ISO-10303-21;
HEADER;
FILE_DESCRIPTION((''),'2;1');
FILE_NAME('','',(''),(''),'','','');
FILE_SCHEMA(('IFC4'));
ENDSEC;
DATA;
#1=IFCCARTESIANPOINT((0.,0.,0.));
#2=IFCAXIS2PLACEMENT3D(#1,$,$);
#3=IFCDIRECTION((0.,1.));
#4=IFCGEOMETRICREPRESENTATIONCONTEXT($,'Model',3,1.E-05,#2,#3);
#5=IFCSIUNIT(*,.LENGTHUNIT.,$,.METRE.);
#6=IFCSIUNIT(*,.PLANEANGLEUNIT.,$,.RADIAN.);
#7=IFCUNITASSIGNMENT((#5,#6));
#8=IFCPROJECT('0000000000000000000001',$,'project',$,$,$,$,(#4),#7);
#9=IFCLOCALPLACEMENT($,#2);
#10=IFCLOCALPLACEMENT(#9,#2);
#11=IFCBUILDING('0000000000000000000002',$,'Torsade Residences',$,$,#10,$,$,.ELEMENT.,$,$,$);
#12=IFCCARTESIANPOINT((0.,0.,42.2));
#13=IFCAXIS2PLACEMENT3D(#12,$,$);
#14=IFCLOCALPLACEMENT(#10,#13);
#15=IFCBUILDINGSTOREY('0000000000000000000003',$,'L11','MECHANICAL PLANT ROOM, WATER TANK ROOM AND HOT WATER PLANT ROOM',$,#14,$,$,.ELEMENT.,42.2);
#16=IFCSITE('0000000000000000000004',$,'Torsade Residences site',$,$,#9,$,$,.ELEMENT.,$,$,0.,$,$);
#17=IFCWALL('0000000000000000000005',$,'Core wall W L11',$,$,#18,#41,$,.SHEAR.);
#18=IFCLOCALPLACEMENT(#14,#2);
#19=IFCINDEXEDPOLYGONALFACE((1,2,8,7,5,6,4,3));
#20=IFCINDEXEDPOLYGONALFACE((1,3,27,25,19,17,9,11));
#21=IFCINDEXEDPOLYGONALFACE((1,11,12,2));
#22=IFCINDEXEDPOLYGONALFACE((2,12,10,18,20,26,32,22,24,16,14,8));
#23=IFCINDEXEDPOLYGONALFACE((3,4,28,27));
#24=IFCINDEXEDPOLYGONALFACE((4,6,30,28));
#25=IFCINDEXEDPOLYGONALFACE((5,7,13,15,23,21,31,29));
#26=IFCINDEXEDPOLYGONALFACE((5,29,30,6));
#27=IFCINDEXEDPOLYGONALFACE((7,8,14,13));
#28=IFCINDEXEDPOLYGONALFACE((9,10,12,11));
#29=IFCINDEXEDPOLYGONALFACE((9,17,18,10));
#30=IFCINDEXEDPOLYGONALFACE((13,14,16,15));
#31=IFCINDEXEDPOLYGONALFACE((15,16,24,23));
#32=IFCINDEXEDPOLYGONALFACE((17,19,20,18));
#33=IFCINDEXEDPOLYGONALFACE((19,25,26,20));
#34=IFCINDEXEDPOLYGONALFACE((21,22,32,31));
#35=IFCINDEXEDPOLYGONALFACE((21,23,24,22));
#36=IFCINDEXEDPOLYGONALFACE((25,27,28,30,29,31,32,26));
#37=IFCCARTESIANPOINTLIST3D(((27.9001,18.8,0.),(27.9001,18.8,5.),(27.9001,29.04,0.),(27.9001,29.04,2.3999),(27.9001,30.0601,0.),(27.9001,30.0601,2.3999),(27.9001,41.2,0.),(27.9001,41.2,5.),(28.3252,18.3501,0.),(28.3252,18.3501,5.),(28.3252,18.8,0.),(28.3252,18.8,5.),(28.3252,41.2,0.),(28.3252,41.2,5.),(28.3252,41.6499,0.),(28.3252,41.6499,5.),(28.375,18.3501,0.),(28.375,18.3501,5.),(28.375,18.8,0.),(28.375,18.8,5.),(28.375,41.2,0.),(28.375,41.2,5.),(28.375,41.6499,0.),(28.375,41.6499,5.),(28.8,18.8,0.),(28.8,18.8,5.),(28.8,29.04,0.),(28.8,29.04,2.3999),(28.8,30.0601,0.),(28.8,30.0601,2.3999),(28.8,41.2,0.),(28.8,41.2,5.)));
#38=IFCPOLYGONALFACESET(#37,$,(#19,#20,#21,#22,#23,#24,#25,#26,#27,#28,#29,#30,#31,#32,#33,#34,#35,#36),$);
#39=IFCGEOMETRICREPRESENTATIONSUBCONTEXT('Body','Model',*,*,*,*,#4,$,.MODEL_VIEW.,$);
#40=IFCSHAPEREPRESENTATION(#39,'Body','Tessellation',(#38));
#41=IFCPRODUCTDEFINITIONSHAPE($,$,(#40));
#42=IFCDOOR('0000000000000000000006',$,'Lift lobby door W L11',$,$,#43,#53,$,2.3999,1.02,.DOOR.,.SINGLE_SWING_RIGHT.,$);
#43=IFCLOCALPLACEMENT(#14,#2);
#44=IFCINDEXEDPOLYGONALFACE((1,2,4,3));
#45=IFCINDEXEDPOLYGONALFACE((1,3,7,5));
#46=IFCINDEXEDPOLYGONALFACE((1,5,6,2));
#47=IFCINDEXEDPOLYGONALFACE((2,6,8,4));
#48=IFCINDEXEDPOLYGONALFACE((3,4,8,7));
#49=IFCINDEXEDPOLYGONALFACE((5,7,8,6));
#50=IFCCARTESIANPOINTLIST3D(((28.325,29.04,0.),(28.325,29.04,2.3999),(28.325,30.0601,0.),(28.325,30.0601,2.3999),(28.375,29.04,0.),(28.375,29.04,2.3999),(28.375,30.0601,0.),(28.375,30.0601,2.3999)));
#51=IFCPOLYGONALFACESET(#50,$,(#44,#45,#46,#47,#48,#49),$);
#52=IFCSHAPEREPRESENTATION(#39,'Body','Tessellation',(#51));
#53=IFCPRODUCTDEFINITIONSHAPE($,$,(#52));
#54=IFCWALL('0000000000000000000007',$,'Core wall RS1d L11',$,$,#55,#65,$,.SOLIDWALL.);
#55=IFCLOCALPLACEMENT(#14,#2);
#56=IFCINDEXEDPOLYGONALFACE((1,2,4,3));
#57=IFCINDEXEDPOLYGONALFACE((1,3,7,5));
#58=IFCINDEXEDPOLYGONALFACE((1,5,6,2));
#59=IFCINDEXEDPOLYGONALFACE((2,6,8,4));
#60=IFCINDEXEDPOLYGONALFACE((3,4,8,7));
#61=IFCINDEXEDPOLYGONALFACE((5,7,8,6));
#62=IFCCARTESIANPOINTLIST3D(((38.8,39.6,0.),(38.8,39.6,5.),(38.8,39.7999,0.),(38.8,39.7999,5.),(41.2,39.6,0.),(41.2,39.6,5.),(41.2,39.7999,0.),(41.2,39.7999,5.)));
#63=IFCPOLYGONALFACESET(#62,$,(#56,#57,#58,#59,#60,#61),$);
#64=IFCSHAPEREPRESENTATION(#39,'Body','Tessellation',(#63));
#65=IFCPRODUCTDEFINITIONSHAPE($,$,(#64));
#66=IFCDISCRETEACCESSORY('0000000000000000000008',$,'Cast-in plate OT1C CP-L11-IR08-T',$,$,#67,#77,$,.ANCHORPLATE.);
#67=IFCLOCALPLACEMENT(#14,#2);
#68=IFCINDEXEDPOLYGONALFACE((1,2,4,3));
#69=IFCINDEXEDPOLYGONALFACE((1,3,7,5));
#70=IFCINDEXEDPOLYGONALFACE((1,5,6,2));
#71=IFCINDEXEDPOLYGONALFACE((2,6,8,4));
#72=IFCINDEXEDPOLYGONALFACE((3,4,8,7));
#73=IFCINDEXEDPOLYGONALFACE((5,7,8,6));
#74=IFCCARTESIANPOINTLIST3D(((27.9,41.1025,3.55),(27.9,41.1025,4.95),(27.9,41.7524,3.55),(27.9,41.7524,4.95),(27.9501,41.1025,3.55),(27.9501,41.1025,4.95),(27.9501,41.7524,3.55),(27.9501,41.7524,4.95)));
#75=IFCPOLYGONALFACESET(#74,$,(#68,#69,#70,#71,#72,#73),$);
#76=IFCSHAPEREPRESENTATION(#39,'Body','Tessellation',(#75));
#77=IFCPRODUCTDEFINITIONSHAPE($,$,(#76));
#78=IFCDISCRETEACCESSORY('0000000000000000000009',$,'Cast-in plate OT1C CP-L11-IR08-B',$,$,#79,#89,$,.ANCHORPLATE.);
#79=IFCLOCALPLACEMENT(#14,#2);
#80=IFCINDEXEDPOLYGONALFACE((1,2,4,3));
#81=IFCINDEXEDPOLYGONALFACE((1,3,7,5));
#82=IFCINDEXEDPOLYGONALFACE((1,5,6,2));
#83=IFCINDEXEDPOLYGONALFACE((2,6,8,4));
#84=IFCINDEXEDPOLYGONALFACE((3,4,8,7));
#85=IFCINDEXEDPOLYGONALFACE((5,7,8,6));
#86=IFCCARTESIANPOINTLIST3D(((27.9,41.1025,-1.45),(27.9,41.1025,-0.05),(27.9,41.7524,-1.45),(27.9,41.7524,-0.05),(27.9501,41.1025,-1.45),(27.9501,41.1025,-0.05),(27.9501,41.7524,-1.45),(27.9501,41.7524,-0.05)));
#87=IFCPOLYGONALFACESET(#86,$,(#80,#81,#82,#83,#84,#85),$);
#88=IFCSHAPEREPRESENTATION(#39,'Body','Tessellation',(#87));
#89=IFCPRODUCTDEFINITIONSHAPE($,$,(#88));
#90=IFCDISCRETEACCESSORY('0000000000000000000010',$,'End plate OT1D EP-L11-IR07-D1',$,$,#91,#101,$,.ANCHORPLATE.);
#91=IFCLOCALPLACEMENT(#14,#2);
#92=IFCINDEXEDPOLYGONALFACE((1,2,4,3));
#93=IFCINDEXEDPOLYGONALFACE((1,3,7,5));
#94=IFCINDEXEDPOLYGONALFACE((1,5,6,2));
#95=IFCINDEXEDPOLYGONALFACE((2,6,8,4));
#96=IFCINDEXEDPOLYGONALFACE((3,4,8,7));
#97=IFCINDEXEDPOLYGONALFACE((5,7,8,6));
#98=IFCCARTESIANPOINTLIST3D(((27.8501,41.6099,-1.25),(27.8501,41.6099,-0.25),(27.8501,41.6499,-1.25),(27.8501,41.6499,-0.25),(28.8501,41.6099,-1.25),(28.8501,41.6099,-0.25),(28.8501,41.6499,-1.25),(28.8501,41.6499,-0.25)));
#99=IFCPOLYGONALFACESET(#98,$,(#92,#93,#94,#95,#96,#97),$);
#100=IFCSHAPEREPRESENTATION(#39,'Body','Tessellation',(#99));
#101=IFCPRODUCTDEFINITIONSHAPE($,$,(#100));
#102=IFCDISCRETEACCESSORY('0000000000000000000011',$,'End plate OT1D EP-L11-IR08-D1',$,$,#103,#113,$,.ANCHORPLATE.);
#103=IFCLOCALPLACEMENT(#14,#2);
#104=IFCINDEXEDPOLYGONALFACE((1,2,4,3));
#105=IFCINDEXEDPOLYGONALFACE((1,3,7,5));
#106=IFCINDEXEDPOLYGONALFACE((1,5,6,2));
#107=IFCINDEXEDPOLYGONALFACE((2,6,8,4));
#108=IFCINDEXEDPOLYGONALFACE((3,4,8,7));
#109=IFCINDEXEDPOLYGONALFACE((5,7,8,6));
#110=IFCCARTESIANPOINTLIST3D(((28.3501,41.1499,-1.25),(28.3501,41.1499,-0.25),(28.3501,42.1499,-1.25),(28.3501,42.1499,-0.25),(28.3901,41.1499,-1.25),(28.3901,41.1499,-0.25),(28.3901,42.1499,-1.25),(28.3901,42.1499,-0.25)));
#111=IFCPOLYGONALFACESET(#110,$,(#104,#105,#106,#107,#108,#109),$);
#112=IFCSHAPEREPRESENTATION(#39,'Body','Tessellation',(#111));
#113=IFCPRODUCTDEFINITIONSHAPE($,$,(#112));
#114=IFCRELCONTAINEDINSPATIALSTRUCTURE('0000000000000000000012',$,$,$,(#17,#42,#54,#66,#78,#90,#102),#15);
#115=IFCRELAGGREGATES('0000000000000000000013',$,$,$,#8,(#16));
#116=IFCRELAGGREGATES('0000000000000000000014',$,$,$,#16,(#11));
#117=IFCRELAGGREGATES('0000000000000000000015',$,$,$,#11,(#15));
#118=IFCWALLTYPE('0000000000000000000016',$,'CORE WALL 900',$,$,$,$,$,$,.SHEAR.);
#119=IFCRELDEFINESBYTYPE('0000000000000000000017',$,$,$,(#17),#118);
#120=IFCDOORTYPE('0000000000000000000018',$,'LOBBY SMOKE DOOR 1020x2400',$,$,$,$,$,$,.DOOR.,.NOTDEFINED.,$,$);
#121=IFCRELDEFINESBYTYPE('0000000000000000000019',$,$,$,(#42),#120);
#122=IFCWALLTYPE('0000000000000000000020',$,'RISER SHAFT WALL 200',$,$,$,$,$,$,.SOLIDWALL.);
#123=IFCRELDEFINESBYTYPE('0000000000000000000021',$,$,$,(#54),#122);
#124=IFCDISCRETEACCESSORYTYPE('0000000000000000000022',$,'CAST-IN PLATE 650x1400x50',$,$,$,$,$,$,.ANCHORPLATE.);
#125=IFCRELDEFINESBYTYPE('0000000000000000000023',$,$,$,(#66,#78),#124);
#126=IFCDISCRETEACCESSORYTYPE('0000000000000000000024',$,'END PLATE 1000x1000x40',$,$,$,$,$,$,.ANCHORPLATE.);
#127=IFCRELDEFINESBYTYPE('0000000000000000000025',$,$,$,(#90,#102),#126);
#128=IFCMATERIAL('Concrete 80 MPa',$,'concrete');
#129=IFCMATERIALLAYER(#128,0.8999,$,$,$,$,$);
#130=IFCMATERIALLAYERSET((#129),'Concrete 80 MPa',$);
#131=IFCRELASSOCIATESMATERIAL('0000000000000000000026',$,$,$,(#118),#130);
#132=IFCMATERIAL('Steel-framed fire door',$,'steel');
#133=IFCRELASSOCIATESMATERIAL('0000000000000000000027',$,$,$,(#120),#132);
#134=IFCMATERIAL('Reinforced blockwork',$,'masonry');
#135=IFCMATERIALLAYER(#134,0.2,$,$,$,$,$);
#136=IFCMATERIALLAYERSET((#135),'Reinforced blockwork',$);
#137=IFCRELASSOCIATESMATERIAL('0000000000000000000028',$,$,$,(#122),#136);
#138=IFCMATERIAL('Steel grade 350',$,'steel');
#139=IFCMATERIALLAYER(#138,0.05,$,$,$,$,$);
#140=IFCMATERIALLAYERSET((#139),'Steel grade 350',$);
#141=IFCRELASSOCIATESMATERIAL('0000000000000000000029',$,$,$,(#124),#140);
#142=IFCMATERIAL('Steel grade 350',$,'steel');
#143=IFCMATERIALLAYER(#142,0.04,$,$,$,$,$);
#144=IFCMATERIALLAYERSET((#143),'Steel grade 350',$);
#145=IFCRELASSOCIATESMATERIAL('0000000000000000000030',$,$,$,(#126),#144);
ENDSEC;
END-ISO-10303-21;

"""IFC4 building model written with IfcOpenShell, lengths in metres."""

from ifc_helpers import new_model, si_unit, direction, frame, frame_2d, origin, origin_2d, place, context, subcontext, project, spatial, polyline, rectangle, outline, extrude, material, layer, layer_set, type_object, element, fill, save


model = new_model("IFC4")

# Units and contexts
model_context = context("Model", 3, precision=1e-05, world=origin(), true_north=direction((0.0, 1.0)))
body_context = subcontext(model_context, "Body", "Model", "MODEL_VIEW")
ifc_project = project(units=[si_unit("LENGTHUNIT", "METRE"), si_unit("PLANEANGLEUNIT", "RADIAN")], contexts=[model_context])

# Site, building, storey
site_placement = place(None, origin())
site = spatial("IfcSite", under=ifc_project, at=site_placement, Name="Torsade Residences site", CompositionType="ELEMENT", RefElevation=0.0)
building_placement = place(site_placement, origin())
building = spatial("IfcBuilding", under=site, at=building_placement, Name="Torsade Residences", CompositionType="ELEMENT")
storey_placement = place(building_placement, frame((0.0, 0.0, 42.2)))
storey = spatial("IfcBuildingStorey", under=building, at=storey_placement, Name="L11", Description="MECHANICAL PLANT ROOM, WATER TANK ROOM AND HOT WATER PLANT ROOM", CompositionType="ELEMENT", Elevation=42.2)

# Shared definitions
ifc_material_1 = material(Name="Concrete 80 MPa", Category="concrete")
ifc_layer_1 = layer(ifc_material_1, 0.8999)
ifc_layer_set_1 = layer_set([ifc_layer_1], Name="Concrete 80 MPa")
wall_type_1 = type_object("IfcWallType", Name="CORE WALL 900", PredefinedType="SHEAR", material=ifc_layer_set_1)

# Wall, opening, door
wall_1_placement = place(storey_placement, frame((28.3501, 41.2, 0.0), z_axis=(0.0, 0.0, 1.0), x_axis=(0.0, -1.0, 0.0)))
wall_1 = element("IfcWall", 1, at=wall_1_placement, inside=storey, type_object=wall_type_1, Name="Core wall W L11", PredefinedType="SHEAR", context=body_context, shape_type="SweptSolid", body=[
    extrude(outline(polyline([(0.0, -0.45), (22.3999, -0.45), (22.3999, -0.0249), (22.8499, -0.0249), (22.8499, 0.0249), (22.3999, 0.0249), (22.3999, 0.45), (0.0, 0.45), (0.0, 0.0249), (-0.45, 0.0249), (-0.45, -0.0249), (0.0, -0.0249), (0.0, -0.45)])), origin(), (0.0, 0.0, 1.0), 5.0),
])
opening_placement = place(wall_1_placement, frame((11.1399, 0.0, 0.0)))
opening = element("IfcOpeningElement", 2, at=opening_placement, cuts=wall_1, PredefinedType="OPENING", context=body_context, shape_type="SweptSolid", body=[
    extrude(rectangle(XDim=1.02, YDim=2.3999, at=frame_2d((0.51, 1.2))), frame((0.0, 0.46, 0.0), z_axis=(0.0, -1.0, 0.0), x_axis=(1.0, 0.0, 0.0)), (0.0, 0.0, 1.0), 0.9199),
])
ifc_material_2 = material(Name="Steel-framed fire door", Category="steel")
door_type = type_object("IfcDoorType", Name="LOBBY SMOKE DOOR 1020x2400", OperationType="NOTDEFINED", PredefinedType="DOOR", material=ifc_material_2)
door_placement = place(opening_placement, origin())
door = element("IfcDoor", 3, at=door_placement, inside=storey, type_object=door_type, Name="Lift lobby door W L11", OperationType="SINGLE_SWING_RIGHT", OverallHeight=2.3999, OverallWidth=1.02, PredefinedType="DOOR", context=body_context, shape_type="SweptSolid", body=[
    extrude(rectangle(XDim=1.02, YDim=2.3999, at=frame_2d((0.51, 1.2))), frame((0.0, 0.0249, 0.0), z_axis=(0.0, -1.0, 0.0), x_axis=(1.0, 0.0, 0.0)), (0.0, 0.0, 1.0), 0.05),
])
fill(opening, door)

# Wall
ifc_material_3 = material(Name="Reinforced blockwork", Category="masonry")
ifc_layer_2 = layer(ifc_material_3, 0.2)
ifc_layer_set_2 = layer_set([ifc_layer_2], Name="Reinforced blockwork")
wall_type_2 = type_object("IfcWallType", Name="RISER SHAFT WALL 200", PredefinedType="SOLIDWALL", material=ifc_layer_set_2)
wall_2_placement = place(storey_placement, frame((38.8, 39.7, 0.0), z_axis=(0.0, 0.0, 1.0), x_axis=(1.0, 0.0, 0.0)))
element("IfcWall", 4, at=wall_2_placement, inside=storey, type_object=wall_type_2, Name="Core wall RS1d L11", PredefinedType="SOLIDWALL", context=body_context, shape_type="SweptSolid", body=[
    extrude(rectangle(XDim=2.3999, YDim=0.2, at=frame_2d((1.2, 0.0))), origin(), (0.0, 0.0, 1.0), 5.0),
])

# Discrete accessories
ifc_material_4 = material(Name="Steel grade 350", Category="steel")
ifc_layer_3 = layer(ifc_material_4, 0.05)
ifc_layer_set_3 = layer_set([ifc_layer_3], Name="Steel grade 350")
discrete_accessory_type_1 = type_object("IfcDiscreteAccessoryType", Name="CAST-IN PLATE 650x1400x50", PredefinedType="ANCHORPLATE", material=ifc_layer_set_3)
for number, where, z_axis, x_axis, name in (
    (5, (27.925, 41.4275, 3.55), (0.0, 0.0, 1.0), (1.0, 0.0, 0.0), "Cast-in plate OT1C CP-L11-IR08-T"),
    (6, (27.925, 41.4275, -1.45), (0.0, 0.0, 1.0), (1.0, 0.0, 0.0), "Cast-in plate OT1C CP-L11-IR08-B"),
):
    element("IfcDiscreteAccessory", number, at=place(storey_placement, frame(where, z_axis=z_axis, x_axis=x_axis)), inside=storey, type_object=discrete_accessory_type_1, Name=name, PredefinedType="ANCHORPLATE", context=body_context, shape_type="SweptSolid", body=[
        extrude(rectangle(XDim=0.05, YDim=0.6499, at=origin_2d()), origin(), (0.0, 0.0, 1.0), 1.3999),
    ])
ifc_material_5 = material(Name="Steel grade 350", Category="steel")
ifc_layer_4 = layer(ifc_material_5, 0.04)
ifc_layer_set_4 = layer_set([ifc_layer_4], Name="Steel grade 350")
discrete_accessory_type_2 = type_object("IfcDiscreteAccessoryType", Name="END PLATE 1000x1000x40", PredefinedType="ANCHORPLATE", material=ifc_layer_set_4)
discrete_accessory_1_placement = place(storey_placement, frame((28.3501, 41.6299, -1.25), z_axis=(0.0, 0.0, 1.0), x_axis=(1.0, 0.0, 0.0)))
element("IfcDiscreteAccessory", 7, at=discrete_accessory_1_placement, inside=storey, type_object=discrete_accessory_type_2, Name="End plate OT1D EP-L11-IR07-D1", PredefinedType="ANCHORPLATE", context=body_context, shape_type="SweptSolid", body=[
    extrude(rectangle(XDim=1.0, YDim=0.04, at=origin_2d()), origin(), (0.0, 0.0, 1.0), 1.0),
])
discrete_accessory_2_placement = place(storey_placement, frame((28.3701, 41.6499, -1.25), z_axis=(0.0, 0.0, 1.0), x_axis=(1.0, 0.0, 0.0)))
element("IfcDiscreteAccessory", 8, at=discrete_accessory_2_placement, inside=storey, type_object=discrete_accessory_type_2, Name="End plate OT1D EP-L11-IR08-D1", PredefinedType="ANCHORPLATE", context=body_context, shape_type="SweptSolid", body=[
    extrude(rectangle(XDim=0.04, YDim=1.0, at=origin_2d()), origin(), (0.0, 0.0, 1.0), 1.0),
])

save(model, "model.ifc")
